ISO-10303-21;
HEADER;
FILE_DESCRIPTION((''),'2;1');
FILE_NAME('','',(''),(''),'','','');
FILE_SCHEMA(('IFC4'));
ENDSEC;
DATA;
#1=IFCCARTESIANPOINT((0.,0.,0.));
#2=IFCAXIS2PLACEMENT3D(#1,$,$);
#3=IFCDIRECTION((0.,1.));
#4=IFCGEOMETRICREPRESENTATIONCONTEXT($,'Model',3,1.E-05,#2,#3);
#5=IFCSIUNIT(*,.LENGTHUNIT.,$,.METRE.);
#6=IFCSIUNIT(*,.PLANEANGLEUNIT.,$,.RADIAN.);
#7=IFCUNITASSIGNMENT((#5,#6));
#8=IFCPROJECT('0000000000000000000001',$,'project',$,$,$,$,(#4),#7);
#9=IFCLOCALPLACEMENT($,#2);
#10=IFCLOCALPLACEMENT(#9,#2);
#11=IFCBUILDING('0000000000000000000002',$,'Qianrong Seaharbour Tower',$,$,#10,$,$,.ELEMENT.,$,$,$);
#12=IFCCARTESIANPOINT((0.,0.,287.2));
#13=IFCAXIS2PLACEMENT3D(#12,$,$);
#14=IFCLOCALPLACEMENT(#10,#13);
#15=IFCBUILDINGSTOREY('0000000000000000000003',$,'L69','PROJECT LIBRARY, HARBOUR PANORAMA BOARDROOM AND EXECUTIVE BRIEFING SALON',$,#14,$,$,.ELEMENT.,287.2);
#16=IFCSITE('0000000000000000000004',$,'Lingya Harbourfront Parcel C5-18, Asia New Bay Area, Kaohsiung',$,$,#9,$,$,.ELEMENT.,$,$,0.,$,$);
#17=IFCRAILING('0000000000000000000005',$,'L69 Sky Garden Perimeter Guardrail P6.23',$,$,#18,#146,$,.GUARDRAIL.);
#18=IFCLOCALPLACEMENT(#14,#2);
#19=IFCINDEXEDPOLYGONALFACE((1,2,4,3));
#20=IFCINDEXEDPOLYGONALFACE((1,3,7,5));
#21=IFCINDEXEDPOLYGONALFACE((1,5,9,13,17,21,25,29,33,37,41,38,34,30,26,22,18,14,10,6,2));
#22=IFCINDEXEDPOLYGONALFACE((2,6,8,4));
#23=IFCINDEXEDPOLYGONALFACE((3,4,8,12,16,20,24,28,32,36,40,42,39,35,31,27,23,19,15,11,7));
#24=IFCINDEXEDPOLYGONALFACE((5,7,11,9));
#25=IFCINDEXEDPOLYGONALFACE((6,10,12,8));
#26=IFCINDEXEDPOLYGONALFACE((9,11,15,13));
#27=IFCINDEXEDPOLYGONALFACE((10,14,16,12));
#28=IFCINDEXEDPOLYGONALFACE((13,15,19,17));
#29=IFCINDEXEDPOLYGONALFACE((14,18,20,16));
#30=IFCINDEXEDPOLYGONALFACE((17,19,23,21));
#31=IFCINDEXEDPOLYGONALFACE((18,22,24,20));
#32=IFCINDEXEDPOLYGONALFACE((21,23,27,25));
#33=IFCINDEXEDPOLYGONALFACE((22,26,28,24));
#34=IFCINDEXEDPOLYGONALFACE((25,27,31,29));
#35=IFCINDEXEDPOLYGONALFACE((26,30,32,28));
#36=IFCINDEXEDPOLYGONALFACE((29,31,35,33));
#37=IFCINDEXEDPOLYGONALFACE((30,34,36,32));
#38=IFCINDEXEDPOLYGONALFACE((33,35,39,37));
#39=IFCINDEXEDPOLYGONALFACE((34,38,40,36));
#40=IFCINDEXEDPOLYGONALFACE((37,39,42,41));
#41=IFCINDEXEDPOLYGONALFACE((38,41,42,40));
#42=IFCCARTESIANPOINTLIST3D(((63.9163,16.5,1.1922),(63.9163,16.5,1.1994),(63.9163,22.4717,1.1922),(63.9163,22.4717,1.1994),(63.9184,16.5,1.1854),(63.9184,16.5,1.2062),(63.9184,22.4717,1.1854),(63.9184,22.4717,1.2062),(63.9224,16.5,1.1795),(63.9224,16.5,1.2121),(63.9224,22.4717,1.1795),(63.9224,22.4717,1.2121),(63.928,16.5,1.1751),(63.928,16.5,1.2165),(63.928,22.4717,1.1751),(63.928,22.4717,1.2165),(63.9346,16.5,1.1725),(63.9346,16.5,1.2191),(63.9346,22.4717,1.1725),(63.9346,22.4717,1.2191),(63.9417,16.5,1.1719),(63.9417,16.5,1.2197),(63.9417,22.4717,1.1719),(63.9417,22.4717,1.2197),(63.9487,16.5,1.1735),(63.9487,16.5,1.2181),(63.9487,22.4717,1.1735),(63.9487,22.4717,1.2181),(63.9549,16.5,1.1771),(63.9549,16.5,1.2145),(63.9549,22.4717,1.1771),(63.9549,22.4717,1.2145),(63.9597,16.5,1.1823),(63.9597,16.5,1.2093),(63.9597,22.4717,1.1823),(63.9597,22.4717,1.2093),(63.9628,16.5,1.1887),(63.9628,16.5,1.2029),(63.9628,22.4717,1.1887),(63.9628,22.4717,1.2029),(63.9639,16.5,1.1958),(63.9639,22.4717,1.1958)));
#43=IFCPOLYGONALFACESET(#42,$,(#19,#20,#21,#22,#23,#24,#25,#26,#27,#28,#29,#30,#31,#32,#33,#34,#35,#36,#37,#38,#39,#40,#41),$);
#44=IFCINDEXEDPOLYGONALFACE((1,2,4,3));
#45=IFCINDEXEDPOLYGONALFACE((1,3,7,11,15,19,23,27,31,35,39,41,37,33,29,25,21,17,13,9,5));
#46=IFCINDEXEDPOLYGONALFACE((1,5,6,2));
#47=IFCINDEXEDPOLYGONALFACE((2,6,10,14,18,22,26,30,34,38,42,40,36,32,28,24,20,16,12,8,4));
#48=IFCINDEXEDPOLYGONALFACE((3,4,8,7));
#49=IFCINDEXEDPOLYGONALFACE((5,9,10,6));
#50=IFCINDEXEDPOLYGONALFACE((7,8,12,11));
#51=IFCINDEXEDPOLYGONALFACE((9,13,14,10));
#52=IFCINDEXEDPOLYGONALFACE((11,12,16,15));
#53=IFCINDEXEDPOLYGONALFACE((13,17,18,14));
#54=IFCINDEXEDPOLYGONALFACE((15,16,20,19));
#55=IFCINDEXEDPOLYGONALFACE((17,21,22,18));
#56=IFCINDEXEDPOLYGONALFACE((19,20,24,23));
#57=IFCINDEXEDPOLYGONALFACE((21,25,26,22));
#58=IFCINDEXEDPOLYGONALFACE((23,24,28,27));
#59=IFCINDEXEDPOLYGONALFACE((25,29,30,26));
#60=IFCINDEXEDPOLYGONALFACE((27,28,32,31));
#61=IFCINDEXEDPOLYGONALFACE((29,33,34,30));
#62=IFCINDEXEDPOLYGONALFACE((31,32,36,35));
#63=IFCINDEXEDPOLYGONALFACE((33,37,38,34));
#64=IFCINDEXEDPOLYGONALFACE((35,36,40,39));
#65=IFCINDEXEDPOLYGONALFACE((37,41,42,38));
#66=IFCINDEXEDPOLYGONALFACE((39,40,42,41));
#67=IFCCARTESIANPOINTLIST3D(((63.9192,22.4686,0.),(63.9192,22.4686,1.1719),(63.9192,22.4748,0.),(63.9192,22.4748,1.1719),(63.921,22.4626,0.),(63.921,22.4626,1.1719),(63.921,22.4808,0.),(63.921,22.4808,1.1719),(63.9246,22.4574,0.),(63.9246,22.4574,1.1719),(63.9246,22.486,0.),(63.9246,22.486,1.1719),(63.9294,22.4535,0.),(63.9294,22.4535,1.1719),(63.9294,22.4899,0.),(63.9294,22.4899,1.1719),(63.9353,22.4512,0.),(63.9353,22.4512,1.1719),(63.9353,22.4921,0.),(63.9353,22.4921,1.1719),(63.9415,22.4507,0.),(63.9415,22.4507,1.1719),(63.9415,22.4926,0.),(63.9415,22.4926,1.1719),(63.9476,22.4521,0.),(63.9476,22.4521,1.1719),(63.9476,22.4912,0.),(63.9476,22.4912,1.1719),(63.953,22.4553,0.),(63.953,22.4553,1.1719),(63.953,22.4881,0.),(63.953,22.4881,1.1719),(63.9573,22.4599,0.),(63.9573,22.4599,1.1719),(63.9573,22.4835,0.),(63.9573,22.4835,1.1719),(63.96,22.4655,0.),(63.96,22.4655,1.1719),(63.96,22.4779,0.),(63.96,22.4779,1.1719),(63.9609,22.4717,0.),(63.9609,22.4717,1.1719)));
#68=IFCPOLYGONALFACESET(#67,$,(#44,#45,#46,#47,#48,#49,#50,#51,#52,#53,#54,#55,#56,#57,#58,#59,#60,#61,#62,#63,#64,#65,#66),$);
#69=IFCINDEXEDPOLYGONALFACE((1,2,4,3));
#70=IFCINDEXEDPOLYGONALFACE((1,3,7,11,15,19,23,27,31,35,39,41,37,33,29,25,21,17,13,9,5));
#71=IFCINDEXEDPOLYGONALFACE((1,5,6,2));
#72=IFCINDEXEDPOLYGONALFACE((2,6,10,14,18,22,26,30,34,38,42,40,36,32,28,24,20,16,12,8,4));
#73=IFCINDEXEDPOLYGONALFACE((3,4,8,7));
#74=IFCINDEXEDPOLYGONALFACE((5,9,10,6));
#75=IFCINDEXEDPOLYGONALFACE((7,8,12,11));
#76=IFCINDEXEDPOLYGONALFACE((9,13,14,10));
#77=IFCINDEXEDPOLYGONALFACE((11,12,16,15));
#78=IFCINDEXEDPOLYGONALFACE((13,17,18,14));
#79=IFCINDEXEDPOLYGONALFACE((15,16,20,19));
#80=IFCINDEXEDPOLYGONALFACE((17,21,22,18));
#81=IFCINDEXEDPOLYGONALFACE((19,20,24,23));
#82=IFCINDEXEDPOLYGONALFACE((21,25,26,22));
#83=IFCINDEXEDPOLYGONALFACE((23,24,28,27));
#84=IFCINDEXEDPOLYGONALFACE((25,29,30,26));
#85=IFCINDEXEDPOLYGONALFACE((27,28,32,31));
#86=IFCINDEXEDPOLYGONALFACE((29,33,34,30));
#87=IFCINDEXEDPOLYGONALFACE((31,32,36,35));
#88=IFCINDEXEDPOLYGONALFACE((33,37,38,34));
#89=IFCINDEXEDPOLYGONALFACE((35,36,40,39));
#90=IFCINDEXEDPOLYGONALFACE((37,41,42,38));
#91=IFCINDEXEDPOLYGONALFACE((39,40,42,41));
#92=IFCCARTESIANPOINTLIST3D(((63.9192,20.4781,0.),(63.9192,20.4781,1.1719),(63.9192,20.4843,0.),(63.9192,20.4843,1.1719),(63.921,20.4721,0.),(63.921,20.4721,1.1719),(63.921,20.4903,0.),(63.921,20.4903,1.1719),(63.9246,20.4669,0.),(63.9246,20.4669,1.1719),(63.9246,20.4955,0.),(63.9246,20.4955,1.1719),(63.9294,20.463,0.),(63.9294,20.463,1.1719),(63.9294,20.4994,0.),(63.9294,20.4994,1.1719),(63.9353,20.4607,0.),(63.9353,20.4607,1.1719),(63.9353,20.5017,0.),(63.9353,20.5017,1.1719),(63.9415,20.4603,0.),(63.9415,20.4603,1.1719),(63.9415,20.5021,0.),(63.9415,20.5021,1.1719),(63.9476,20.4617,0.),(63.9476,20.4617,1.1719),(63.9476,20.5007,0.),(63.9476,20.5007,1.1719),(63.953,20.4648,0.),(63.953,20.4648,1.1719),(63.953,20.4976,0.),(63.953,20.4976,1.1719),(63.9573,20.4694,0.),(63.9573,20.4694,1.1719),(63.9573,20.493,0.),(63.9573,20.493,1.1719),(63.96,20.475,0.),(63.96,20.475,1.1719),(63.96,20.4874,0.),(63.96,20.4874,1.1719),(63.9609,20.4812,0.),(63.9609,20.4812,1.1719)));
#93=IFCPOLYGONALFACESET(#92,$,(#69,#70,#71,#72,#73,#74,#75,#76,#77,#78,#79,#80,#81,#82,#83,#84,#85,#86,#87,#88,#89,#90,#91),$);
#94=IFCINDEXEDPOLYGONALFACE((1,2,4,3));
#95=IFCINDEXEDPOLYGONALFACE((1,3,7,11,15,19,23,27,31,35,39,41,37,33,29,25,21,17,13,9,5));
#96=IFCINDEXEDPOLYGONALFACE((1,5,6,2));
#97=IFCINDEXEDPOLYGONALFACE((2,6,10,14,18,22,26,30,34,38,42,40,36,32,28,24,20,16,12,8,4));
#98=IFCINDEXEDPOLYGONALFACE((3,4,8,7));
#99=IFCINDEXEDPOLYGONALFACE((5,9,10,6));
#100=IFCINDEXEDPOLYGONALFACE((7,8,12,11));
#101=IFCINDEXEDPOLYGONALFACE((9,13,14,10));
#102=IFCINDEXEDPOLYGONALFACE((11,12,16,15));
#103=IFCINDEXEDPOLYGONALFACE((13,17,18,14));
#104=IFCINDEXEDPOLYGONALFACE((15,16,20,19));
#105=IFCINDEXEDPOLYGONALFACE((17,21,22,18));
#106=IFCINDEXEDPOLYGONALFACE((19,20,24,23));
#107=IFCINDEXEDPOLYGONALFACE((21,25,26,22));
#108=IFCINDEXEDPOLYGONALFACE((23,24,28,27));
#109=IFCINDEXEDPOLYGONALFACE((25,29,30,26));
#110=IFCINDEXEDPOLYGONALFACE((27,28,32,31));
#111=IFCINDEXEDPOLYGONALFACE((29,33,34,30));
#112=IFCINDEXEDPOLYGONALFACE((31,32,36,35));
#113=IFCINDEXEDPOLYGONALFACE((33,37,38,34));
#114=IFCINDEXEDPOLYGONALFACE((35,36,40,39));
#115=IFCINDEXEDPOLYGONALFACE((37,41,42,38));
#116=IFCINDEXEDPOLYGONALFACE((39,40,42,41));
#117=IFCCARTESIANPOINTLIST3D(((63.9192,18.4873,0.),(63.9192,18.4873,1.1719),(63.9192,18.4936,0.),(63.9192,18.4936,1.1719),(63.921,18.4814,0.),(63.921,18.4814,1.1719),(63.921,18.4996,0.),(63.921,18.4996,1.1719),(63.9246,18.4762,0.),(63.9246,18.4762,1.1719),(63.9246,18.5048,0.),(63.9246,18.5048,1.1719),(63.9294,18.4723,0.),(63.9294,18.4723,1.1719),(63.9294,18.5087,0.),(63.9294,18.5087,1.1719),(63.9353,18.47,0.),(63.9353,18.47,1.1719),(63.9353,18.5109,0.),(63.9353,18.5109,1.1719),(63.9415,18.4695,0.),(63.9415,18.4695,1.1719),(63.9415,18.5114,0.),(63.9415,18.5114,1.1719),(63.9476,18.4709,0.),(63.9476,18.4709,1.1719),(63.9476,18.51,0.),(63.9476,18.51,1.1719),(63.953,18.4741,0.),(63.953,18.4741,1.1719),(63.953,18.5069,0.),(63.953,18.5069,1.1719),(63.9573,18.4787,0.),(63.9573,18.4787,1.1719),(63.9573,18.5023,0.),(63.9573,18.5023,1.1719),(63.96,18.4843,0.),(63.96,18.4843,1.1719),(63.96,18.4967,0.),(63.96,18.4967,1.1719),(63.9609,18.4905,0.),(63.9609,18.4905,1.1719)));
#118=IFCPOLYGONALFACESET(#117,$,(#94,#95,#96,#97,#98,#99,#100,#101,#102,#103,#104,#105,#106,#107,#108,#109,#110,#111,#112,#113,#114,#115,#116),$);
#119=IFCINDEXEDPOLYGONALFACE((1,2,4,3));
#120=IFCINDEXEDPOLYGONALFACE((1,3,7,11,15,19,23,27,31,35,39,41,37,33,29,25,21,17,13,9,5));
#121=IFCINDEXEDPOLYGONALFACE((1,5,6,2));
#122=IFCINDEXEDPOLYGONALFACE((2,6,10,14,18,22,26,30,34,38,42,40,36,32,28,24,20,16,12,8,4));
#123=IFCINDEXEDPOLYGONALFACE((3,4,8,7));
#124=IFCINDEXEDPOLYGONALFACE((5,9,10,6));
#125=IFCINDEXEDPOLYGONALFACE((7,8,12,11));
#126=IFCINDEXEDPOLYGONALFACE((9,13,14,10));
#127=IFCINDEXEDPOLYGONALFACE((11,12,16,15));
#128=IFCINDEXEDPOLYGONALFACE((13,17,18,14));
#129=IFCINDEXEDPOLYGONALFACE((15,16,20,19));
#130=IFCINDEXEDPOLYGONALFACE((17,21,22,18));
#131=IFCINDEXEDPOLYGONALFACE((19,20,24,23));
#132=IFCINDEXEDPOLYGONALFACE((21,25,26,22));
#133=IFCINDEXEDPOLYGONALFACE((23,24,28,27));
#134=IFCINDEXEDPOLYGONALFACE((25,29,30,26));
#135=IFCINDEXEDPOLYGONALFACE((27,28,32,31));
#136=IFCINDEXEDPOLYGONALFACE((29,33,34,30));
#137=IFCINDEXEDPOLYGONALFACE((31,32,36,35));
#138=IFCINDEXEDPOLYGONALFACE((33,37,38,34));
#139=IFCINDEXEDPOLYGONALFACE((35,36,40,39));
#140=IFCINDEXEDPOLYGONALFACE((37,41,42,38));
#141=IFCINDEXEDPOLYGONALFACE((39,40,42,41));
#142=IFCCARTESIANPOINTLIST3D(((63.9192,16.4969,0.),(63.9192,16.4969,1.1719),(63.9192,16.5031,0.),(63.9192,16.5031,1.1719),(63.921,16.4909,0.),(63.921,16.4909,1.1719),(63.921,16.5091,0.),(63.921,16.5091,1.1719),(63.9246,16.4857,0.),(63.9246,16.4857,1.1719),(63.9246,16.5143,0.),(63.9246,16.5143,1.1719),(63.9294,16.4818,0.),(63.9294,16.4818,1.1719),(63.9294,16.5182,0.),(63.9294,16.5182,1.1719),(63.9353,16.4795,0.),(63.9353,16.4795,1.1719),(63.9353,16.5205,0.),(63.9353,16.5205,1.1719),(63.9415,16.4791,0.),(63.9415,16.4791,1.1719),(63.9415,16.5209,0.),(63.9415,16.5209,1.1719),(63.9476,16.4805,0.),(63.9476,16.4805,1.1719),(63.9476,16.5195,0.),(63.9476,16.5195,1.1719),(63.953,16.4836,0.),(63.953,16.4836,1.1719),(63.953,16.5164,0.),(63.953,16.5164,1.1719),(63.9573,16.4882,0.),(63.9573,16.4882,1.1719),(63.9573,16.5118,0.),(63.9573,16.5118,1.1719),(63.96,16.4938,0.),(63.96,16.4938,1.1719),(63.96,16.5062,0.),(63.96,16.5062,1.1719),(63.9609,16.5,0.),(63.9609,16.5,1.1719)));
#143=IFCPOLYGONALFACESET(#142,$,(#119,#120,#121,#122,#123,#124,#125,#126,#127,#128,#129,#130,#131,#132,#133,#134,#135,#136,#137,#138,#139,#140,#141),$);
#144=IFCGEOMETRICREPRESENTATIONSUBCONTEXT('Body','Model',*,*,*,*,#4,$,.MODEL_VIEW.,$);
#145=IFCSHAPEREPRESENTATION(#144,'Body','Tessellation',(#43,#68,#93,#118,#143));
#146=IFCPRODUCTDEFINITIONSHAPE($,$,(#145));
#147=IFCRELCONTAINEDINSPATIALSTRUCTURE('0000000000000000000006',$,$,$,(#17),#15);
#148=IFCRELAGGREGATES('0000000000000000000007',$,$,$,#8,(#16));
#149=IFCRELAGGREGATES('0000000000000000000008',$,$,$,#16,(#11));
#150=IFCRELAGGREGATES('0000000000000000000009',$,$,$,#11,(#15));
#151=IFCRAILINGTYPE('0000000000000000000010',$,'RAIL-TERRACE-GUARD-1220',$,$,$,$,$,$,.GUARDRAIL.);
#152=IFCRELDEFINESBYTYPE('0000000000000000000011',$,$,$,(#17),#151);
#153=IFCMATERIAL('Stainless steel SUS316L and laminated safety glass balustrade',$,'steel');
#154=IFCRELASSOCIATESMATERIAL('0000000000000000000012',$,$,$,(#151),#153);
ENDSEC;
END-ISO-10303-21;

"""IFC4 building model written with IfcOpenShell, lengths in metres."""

from ifc_helpers import new_model, si_unit, direction, frame, origin, origin_2d, place, context, subcontext, project, spatial, circle, extrude, material, type_object, element, save


model = new_model("IFC4")

# Units and contexts
model_context = context("Model", 3, precision=1e-05, world=origin(), true_north=direction((0.0, 1.0)))
body_context = subcontext(model_context, "Body", "Model", "MODEL_VIEW")
ifc_project = project(units=[si_unit("LENGTHUNIT", "METRE"), si_unit("PLANEANGLEUNIT", "RADIAN")], contexts=[model_context])

# Site, building, storey
site_placement = place(None, origin())
site = spatial("IfcSite", under=ifc_project, at=site_placement, Name="Lingya Harbourfront Parcel C5-18, Asia New Bay Area, Kaohsiung", CompositionType="ELEMENT", RefElevation=0.0)
building_placement = place(site_placement, origin())
building = spatial("IfcBuilding", under=site, at=building_placement, Name="Qianrong Seaharbour Tower", CompositionType="ELEMENT")
storey_placement = place(building_placement, frame((0.0, 0.0, 287.2)))
storey = spatial("IfcBuildingStorey", under=building, at=storey_placement, Name="L69", Description="PROJECT LIBRARY, HARBOUR PANORAMA BOARDROOM AND EXECUTIVE BRIEFING SALON", CompositionType="ELEMENT", Elevation=287.2)

# Railing
ifc_material_1 = material(Name="Stainless steel SUS316L and laminated safety glass balustrade", Category="steel")
railing_type = type_object("IfcRailingType", Name="RAIL-TERRACE-GUARD-1220", PredefinedType="GUARDRAIL", material=ifc_material_1)
railing_1_placement = place(storey_placement, frame((63.9399, 22.4717, 0.0)))
element("IfcRailing", 1, at=railing_1_placement, inside=storey, type_object=railing_type, Name="L69 Sky Garden Perimeter Guardrail P6.23", PredefinedType="GUARDRAIL", context=body_context, shape_type="SweptSolid", body=[
    extrude(circle(Radius=0.0239, at=origin_2d()), frame((0.0, 0.0, 1.1958), z_axis=(0.0, -1.0, 0.0), x_axis=(1.0, 0.0, 0.0)), (0.0, 0.0, 1.0), 5.9717),
    extrude(circle(Radius=0.021, at=origin_2d()), origin(), (0.0, 0.0, 1.0), 1.1719),
    extrude(circle(Radius=0.021, at=origin_2d()), frame((0.0, -1.9905, 0.0)), (0.0, 0.0, 1.0), 1.1719),
    extrude(circle(Radius=0.021, at=origin_2d()), frame((0.0, -3.9812, 0.0)), (0.0, 0.0, 1.0), 1.1719),
    extrude(circle(Radius=0.021, at=origin_2d()), frame((0.0, -5.9717, 0.0)), (0.0, 0.0, 1.0), 1.1719),
])

save(model, "model.ifc")
